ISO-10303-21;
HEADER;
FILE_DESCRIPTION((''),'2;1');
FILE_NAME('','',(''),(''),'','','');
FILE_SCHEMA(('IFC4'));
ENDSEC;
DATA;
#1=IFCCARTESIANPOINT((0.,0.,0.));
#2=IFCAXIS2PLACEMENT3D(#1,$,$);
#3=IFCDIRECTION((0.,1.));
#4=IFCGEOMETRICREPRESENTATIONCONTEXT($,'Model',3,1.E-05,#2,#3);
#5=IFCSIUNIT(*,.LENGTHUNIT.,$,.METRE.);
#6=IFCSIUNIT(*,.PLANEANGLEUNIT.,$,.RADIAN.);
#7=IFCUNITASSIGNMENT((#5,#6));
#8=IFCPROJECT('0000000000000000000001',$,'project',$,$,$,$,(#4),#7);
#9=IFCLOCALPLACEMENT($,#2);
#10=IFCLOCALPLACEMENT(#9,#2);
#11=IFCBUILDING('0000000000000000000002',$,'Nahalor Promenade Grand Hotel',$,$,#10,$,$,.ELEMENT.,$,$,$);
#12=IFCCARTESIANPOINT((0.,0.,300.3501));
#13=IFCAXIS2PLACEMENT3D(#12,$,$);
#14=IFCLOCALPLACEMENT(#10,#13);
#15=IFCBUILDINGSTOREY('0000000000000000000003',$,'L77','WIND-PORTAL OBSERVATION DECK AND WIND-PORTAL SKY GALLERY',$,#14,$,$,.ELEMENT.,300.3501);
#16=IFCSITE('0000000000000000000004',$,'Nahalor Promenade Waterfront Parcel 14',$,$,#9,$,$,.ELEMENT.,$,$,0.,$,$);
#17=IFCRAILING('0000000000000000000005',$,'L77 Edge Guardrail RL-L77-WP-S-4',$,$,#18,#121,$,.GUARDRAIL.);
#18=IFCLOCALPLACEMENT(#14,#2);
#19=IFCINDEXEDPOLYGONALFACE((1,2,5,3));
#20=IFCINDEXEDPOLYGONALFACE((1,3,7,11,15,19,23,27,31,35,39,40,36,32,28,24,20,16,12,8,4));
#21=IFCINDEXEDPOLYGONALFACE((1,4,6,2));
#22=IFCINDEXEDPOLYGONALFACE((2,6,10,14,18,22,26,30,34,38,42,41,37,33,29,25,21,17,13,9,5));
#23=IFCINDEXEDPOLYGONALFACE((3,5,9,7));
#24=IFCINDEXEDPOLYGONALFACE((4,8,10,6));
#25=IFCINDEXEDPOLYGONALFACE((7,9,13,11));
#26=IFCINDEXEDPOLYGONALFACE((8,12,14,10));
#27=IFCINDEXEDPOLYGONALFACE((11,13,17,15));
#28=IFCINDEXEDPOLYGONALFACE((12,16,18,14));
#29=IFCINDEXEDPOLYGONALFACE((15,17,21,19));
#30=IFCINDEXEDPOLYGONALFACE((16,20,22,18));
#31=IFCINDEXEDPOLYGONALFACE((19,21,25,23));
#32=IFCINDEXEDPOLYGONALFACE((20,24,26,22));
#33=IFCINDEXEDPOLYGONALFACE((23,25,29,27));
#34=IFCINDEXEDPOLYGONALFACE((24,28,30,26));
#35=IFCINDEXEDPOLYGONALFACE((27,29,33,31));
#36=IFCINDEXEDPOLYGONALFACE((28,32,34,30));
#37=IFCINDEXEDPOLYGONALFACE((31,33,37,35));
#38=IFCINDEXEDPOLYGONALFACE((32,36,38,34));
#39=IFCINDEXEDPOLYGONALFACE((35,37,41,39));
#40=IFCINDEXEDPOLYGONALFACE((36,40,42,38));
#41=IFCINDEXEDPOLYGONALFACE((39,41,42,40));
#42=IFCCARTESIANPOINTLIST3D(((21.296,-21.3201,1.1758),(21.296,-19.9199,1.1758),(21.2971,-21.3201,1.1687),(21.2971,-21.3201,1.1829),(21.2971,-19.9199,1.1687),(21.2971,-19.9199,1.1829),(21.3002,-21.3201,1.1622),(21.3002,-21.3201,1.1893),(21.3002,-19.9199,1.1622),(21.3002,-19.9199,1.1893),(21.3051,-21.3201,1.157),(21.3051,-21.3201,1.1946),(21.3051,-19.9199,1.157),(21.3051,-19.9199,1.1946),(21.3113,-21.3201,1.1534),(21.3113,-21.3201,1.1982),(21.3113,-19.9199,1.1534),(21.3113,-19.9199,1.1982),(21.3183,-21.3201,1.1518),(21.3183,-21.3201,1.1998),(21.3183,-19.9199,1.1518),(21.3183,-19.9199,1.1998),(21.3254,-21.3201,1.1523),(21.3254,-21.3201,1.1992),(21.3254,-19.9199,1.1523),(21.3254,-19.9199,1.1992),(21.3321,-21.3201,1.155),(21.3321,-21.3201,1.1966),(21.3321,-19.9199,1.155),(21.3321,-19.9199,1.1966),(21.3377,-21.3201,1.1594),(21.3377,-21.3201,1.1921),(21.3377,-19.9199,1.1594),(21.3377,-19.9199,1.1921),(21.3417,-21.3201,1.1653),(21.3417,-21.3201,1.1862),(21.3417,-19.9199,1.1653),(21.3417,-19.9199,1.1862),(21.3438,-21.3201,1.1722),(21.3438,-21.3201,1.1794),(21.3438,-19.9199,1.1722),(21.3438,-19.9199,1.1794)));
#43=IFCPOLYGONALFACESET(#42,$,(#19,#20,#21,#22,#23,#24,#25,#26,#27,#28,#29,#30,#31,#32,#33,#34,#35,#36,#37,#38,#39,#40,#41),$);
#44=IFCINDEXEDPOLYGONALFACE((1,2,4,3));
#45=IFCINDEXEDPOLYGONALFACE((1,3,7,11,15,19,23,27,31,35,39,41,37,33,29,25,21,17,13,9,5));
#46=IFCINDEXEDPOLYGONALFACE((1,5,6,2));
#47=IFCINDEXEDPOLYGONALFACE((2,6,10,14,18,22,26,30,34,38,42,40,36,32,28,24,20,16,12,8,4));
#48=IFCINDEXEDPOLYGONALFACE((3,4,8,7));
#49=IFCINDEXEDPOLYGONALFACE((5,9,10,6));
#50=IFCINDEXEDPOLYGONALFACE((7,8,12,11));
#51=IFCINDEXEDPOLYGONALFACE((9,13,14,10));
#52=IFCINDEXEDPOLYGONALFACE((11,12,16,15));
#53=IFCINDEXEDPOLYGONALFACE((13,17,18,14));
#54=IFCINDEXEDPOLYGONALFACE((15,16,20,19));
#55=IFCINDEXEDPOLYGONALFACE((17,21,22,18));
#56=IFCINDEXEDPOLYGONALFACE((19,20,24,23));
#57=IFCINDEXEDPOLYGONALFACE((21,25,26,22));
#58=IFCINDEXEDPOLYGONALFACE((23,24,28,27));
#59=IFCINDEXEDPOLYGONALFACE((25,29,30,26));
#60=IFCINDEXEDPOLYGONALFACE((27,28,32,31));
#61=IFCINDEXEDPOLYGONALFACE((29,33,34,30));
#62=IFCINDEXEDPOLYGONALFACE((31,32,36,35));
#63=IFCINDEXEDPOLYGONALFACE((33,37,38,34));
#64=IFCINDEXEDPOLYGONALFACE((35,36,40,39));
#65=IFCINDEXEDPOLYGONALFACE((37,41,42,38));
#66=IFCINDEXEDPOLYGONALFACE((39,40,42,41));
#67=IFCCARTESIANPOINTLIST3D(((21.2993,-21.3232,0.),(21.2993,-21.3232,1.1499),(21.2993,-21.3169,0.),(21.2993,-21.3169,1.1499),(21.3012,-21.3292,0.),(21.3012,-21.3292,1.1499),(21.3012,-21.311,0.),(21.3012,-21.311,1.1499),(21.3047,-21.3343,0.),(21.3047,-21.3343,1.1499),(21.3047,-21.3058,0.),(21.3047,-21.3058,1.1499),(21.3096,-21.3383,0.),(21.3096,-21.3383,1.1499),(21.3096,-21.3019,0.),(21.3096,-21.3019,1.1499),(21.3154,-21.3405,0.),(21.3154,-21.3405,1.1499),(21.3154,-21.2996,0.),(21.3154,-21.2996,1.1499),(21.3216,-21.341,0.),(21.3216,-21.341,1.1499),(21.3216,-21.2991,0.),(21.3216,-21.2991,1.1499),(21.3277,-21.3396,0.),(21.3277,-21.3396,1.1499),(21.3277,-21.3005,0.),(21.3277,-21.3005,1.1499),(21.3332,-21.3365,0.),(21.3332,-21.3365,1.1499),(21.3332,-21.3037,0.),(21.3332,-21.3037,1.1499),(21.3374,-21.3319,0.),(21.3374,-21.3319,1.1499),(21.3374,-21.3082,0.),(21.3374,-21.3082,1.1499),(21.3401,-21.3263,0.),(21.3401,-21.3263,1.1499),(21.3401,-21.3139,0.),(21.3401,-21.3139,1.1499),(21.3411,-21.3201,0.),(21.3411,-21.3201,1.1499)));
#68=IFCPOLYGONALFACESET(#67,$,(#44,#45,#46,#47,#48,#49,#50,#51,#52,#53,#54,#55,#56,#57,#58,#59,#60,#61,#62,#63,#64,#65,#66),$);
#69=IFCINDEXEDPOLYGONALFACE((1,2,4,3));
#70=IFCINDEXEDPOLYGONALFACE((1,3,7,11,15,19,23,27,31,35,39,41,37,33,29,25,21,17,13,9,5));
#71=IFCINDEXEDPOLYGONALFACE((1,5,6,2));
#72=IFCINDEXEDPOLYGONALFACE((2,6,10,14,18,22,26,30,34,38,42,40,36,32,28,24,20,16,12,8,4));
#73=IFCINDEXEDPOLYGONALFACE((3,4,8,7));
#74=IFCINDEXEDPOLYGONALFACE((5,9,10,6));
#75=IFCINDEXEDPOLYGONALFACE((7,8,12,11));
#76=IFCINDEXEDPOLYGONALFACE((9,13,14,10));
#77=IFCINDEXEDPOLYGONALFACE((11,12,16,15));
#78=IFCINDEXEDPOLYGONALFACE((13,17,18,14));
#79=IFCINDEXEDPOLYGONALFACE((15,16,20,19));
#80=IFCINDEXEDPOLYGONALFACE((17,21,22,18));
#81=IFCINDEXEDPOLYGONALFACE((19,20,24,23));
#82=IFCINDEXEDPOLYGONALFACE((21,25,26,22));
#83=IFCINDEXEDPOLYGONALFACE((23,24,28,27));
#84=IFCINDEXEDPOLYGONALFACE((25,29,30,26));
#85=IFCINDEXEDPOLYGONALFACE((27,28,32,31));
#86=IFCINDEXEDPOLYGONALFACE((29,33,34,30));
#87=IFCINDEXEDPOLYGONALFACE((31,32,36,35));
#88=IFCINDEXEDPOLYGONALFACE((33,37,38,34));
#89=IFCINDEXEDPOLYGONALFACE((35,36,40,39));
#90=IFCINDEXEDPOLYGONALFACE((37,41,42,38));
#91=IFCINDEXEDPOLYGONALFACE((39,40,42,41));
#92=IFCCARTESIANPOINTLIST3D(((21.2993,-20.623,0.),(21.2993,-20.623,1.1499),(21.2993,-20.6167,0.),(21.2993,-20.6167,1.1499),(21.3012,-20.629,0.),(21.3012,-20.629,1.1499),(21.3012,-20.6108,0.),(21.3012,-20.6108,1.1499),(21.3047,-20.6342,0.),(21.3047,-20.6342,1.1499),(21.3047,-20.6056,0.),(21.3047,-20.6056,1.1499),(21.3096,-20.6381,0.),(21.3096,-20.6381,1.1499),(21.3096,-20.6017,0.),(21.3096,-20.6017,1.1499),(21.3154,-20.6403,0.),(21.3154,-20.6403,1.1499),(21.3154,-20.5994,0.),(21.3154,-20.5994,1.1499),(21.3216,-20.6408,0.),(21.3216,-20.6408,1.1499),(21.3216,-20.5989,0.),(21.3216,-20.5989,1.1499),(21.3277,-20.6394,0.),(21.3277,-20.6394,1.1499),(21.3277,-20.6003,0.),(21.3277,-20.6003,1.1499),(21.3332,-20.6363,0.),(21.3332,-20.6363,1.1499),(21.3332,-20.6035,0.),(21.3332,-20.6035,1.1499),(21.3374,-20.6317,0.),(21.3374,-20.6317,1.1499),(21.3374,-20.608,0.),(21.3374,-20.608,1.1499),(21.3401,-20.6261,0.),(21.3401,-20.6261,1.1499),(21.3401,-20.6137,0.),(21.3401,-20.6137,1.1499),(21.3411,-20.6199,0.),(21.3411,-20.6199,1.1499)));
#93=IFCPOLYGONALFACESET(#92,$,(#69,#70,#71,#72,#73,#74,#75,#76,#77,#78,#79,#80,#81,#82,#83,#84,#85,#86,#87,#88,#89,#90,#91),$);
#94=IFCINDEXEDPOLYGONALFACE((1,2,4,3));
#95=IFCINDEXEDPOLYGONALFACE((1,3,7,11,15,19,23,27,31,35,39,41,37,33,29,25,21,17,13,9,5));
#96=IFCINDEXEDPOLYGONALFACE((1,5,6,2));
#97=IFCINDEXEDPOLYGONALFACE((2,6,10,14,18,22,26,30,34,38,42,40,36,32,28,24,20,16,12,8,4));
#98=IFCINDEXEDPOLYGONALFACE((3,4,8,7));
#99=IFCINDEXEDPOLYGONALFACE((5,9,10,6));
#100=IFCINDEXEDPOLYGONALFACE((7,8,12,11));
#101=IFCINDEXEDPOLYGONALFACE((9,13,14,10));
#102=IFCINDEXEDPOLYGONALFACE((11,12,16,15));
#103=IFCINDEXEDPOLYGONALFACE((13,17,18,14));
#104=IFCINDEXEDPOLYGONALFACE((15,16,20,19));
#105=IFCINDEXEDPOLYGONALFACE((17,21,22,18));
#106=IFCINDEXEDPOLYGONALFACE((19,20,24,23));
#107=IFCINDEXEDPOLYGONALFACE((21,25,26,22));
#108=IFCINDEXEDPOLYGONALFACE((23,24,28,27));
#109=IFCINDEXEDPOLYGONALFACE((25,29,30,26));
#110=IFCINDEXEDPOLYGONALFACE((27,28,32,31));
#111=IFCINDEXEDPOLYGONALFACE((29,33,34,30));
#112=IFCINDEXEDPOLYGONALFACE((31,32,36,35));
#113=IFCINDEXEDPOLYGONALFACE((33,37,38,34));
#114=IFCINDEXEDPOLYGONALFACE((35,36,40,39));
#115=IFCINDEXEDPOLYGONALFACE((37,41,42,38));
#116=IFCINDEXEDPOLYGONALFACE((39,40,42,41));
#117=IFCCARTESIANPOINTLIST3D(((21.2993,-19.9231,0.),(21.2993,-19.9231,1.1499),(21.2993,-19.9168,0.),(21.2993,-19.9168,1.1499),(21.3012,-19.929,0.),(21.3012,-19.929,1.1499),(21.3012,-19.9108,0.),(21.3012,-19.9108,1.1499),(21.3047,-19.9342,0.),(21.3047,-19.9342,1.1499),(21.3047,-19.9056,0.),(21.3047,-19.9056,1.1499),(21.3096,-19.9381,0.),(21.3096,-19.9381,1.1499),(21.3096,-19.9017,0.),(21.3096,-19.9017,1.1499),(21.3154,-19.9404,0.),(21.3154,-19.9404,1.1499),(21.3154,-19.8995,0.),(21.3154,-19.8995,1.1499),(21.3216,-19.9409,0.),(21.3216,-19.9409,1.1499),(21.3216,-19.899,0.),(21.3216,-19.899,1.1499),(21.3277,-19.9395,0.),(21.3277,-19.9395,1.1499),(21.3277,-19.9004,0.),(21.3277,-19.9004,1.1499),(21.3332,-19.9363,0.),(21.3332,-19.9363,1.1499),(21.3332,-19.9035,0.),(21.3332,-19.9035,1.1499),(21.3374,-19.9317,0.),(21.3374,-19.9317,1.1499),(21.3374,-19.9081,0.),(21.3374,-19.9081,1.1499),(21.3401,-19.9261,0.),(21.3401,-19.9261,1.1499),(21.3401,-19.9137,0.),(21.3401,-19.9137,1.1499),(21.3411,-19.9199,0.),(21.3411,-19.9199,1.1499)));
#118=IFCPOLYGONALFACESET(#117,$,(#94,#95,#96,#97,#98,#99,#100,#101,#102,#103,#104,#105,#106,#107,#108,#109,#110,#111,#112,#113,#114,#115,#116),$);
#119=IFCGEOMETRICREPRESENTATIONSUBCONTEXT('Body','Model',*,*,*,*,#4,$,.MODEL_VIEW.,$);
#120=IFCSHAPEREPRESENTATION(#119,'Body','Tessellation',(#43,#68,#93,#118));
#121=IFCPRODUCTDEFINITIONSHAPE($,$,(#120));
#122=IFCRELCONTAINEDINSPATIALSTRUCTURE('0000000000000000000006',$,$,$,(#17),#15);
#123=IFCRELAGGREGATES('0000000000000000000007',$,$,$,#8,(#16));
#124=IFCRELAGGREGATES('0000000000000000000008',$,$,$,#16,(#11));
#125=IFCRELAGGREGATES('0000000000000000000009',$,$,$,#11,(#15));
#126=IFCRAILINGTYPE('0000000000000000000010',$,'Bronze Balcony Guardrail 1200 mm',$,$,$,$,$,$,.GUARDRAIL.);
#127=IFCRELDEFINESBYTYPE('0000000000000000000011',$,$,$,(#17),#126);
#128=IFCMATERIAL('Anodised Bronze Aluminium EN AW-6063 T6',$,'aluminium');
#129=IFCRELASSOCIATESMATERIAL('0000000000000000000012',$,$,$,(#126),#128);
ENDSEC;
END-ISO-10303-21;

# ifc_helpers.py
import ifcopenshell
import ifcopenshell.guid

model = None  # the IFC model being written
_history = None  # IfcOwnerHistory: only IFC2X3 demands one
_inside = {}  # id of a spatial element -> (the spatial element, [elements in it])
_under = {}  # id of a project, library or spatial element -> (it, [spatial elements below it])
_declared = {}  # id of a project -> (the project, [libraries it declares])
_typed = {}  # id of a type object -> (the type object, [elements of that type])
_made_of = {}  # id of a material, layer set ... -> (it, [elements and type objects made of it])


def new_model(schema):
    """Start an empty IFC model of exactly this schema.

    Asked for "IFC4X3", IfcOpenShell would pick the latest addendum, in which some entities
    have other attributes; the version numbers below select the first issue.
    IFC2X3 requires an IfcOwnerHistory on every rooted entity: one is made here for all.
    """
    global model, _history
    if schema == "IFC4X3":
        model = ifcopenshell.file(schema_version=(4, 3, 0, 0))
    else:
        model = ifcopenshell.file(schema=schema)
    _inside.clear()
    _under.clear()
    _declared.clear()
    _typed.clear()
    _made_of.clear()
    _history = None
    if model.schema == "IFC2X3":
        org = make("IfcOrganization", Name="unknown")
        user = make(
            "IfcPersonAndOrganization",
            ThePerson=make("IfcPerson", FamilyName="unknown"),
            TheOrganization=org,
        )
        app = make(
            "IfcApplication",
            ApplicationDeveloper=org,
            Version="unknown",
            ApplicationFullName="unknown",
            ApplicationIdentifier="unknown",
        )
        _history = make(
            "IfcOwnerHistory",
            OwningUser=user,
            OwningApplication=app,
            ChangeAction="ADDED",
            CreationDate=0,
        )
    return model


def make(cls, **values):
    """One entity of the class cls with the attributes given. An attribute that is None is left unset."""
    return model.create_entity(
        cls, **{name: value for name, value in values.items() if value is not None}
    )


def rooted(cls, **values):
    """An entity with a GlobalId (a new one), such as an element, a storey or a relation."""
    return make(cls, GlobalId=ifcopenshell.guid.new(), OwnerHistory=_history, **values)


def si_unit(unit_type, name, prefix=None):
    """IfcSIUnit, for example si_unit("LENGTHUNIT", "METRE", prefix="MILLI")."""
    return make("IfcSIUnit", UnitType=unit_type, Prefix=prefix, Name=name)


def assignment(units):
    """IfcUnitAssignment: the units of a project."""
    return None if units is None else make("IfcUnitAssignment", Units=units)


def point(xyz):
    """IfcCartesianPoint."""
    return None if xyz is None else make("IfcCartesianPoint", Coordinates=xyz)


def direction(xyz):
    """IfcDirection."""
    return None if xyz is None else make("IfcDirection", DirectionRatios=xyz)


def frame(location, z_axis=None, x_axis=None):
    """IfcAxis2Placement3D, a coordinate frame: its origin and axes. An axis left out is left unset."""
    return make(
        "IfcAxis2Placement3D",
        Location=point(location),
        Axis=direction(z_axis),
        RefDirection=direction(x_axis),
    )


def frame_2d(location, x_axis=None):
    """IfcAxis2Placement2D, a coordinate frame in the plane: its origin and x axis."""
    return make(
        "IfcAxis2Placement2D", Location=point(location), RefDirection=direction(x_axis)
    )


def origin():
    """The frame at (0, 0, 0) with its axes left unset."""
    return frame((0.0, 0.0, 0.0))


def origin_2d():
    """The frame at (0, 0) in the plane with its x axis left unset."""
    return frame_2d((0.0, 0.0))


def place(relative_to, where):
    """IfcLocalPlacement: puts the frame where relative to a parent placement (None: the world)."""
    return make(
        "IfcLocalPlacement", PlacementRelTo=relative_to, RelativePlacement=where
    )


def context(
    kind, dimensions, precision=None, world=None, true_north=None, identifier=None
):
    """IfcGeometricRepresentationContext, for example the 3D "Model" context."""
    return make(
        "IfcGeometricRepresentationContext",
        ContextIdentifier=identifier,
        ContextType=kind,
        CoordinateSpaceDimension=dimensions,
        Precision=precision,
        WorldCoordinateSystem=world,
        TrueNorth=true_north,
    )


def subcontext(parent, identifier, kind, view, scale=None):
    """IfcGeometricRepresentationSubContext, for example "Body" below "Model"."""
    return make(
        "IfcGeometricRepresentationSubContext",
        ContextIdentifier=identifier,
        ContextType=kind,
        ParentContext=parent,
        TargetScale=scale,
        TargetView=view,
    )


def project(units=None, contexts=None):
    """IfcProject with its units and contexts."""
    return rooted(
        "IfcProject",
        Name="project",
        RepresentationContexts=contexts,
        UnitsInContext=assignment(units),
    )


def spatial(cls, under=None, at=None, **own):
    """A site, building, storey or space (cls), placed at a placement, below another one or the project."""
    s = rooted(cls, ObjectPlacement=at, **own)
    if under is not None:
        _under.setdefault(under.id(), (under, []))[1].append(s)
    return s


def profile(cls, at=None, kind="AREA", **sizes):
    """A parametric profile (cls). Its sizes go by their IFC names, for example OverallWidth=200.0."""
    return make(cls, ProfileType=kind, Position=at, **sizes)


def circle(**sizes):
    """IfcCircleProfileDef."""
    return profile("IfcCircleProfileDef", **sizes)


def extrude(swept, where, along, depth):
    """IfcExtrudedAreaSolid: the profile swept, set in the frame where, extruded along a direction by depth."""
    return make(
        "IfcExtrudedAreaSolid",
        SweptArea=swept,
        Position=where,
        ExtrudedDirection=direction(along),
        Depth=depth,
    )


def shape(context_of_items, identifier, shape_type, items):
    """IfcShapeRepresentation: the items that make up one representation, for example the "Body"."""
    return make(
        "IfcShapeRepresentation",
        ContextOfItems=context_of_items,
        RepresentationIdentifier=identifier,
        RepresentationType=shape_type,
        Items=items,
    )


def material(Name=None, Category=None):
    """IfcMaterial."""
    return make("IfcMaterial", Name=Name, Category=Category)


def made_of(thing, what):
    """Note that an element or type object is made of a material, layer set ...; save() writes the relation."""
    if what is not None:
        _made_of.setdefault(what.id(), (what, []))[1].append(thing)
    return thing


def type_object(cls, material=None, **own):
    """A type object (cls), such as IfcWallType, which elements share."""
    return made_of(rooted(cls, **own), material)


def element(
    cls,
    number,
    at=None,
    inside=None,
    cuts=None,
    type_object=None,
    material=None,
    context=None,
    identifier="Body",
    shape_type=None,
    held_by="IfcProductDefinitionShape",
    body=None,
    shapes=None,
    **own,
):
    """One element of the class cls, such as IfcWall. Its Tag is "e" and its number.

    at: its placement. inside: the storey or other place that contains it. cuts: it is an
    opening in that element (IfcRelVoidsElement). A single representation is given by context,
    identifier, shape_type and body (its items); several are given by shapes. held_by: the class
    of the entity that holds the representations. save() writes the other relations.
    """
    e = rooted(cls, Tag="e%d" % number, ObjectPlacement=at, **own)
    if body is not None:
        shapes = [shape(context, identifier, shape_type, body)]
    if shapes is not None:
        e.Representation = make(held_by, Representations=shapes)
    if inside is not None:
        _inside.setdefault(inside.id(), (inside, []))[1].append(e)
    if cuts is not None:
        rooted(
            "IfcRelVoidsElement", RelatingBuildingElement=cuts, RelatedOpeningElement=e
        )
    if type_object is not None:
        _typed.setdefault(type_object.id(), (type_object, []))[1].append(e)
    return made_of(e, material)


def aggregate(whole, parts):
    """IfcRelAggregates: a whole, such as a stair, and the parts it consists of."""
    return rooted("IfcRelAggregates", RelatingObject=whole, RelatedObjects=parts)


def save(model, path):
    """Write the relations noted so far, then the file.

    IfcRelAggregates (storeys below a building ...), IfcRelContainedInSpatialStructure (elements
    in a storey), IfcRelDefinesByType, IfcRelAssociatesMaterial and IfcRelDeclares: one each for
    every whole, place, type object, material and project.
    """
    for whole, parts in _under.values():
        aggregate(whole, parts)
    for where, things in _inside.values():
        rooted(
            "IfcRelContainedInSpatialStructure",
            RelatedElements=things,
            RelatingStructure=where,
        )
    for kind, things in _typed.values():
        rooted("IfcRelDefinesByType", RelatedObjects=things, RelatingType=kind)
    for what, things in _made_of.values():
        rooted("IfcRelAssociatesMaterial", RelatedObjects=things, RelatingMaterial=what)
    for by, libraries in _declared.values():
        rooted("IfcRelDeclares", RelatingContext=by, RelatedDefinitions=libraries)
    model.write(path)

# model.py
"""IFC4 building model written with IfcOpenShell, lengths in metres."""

from ifc_helpers import new_model, si_unit, direction, frame, origin, origin_2d, place, context, subcontext, project, spatial, circle, extrude, material, type_object, element, save


model = new_model("IFC4")

# Units and contexts
model_context = context("Model", 3, precision=1e-05, world=origin(), true_north=direction((0.0, 1.0)))
body_context = subcontext(model_context, "Body", "Model", "MODEL_VIEW")
ifc_project = project(units=[si_unit("LENGTHUNIT", "METRE"), si_unit("PLANEANGLEUNIT", "RADIAN")], contexts=[model_context])

# Site, building, storey
site_placement = place(None, origin())
site = spatial("IfcSite", under=ifc_project, at=site_placement, Name="Nahalor Promenade Waterfront Parcel 14", CompositionType="ELEMENT", RefElevation=0.0)
building_placement = place(site_placement, origin())
building = spatial("IfcBuilding", under=site, at=building_placement, Name="Nahalor Promenade Grand Hotel", CompositionType="ELEMENT")
storey_placement = place(building_placement, frame((0.0, 0.0, 300.3501)))
storey = spatial("IfcBuildingStorey", under=building, at=storey_placement, Name="L77", Description="WIND-PORTAL OBSERVATION DECK AND WIND-PORTAL SKY GALLERY", CompositionType="ELEMENT", Elevation=300.3501)

# Railing
ifc_material_1 = material(Name="Anodised Bronze Aluminium EN AW-6063 T6", Category="aluminium")
railing_type = type_object("IfcRailingType", Name="Bronze Balcony Guardrail 1200 mm", PredefinedType="GUARDRAIL", material=ifc_material_1)
railing_1_placement = place(storey_placement, frame((21.3201, -21.3201, 0.0)))
element("IfcRailing", 1, at=railing_1_placement, inside=storey, type_object=railing_type, Name="L77 Edge Guardrail RL-L77-WP-S-4", PredefinedType="GUARDRAIL", context=body_context, shape_type="SweptSolid", body=[
    extrude(circle(Radius=0.024, at=origin_2d()), frame((0.0, 0.0, 1.1758), z_axis=(0.0, 1.0, 0.0), x_axis=(-1.0, 0.0, 0.0)), (0.0, 0.0, 1.0), 1.4001),
    extrude(circle(Radius=0.021, at=origin_2d()), origin(), (0.0, 0.0, 1.0), 1.1499),
    extrude(circle(Radius=0.021, at=origin_2d()), frame((0.0, 0.7002, 0.0)), (0.0, 0.0, 1.0), 1.1499),
    extrude(circle(Radius=0.021, at=origin_2d()), frame((0.0, 1.4001, 0.0)), (0.0, 0.0, 1.0), 1.1499),
])

save(model, "model.ifc")
